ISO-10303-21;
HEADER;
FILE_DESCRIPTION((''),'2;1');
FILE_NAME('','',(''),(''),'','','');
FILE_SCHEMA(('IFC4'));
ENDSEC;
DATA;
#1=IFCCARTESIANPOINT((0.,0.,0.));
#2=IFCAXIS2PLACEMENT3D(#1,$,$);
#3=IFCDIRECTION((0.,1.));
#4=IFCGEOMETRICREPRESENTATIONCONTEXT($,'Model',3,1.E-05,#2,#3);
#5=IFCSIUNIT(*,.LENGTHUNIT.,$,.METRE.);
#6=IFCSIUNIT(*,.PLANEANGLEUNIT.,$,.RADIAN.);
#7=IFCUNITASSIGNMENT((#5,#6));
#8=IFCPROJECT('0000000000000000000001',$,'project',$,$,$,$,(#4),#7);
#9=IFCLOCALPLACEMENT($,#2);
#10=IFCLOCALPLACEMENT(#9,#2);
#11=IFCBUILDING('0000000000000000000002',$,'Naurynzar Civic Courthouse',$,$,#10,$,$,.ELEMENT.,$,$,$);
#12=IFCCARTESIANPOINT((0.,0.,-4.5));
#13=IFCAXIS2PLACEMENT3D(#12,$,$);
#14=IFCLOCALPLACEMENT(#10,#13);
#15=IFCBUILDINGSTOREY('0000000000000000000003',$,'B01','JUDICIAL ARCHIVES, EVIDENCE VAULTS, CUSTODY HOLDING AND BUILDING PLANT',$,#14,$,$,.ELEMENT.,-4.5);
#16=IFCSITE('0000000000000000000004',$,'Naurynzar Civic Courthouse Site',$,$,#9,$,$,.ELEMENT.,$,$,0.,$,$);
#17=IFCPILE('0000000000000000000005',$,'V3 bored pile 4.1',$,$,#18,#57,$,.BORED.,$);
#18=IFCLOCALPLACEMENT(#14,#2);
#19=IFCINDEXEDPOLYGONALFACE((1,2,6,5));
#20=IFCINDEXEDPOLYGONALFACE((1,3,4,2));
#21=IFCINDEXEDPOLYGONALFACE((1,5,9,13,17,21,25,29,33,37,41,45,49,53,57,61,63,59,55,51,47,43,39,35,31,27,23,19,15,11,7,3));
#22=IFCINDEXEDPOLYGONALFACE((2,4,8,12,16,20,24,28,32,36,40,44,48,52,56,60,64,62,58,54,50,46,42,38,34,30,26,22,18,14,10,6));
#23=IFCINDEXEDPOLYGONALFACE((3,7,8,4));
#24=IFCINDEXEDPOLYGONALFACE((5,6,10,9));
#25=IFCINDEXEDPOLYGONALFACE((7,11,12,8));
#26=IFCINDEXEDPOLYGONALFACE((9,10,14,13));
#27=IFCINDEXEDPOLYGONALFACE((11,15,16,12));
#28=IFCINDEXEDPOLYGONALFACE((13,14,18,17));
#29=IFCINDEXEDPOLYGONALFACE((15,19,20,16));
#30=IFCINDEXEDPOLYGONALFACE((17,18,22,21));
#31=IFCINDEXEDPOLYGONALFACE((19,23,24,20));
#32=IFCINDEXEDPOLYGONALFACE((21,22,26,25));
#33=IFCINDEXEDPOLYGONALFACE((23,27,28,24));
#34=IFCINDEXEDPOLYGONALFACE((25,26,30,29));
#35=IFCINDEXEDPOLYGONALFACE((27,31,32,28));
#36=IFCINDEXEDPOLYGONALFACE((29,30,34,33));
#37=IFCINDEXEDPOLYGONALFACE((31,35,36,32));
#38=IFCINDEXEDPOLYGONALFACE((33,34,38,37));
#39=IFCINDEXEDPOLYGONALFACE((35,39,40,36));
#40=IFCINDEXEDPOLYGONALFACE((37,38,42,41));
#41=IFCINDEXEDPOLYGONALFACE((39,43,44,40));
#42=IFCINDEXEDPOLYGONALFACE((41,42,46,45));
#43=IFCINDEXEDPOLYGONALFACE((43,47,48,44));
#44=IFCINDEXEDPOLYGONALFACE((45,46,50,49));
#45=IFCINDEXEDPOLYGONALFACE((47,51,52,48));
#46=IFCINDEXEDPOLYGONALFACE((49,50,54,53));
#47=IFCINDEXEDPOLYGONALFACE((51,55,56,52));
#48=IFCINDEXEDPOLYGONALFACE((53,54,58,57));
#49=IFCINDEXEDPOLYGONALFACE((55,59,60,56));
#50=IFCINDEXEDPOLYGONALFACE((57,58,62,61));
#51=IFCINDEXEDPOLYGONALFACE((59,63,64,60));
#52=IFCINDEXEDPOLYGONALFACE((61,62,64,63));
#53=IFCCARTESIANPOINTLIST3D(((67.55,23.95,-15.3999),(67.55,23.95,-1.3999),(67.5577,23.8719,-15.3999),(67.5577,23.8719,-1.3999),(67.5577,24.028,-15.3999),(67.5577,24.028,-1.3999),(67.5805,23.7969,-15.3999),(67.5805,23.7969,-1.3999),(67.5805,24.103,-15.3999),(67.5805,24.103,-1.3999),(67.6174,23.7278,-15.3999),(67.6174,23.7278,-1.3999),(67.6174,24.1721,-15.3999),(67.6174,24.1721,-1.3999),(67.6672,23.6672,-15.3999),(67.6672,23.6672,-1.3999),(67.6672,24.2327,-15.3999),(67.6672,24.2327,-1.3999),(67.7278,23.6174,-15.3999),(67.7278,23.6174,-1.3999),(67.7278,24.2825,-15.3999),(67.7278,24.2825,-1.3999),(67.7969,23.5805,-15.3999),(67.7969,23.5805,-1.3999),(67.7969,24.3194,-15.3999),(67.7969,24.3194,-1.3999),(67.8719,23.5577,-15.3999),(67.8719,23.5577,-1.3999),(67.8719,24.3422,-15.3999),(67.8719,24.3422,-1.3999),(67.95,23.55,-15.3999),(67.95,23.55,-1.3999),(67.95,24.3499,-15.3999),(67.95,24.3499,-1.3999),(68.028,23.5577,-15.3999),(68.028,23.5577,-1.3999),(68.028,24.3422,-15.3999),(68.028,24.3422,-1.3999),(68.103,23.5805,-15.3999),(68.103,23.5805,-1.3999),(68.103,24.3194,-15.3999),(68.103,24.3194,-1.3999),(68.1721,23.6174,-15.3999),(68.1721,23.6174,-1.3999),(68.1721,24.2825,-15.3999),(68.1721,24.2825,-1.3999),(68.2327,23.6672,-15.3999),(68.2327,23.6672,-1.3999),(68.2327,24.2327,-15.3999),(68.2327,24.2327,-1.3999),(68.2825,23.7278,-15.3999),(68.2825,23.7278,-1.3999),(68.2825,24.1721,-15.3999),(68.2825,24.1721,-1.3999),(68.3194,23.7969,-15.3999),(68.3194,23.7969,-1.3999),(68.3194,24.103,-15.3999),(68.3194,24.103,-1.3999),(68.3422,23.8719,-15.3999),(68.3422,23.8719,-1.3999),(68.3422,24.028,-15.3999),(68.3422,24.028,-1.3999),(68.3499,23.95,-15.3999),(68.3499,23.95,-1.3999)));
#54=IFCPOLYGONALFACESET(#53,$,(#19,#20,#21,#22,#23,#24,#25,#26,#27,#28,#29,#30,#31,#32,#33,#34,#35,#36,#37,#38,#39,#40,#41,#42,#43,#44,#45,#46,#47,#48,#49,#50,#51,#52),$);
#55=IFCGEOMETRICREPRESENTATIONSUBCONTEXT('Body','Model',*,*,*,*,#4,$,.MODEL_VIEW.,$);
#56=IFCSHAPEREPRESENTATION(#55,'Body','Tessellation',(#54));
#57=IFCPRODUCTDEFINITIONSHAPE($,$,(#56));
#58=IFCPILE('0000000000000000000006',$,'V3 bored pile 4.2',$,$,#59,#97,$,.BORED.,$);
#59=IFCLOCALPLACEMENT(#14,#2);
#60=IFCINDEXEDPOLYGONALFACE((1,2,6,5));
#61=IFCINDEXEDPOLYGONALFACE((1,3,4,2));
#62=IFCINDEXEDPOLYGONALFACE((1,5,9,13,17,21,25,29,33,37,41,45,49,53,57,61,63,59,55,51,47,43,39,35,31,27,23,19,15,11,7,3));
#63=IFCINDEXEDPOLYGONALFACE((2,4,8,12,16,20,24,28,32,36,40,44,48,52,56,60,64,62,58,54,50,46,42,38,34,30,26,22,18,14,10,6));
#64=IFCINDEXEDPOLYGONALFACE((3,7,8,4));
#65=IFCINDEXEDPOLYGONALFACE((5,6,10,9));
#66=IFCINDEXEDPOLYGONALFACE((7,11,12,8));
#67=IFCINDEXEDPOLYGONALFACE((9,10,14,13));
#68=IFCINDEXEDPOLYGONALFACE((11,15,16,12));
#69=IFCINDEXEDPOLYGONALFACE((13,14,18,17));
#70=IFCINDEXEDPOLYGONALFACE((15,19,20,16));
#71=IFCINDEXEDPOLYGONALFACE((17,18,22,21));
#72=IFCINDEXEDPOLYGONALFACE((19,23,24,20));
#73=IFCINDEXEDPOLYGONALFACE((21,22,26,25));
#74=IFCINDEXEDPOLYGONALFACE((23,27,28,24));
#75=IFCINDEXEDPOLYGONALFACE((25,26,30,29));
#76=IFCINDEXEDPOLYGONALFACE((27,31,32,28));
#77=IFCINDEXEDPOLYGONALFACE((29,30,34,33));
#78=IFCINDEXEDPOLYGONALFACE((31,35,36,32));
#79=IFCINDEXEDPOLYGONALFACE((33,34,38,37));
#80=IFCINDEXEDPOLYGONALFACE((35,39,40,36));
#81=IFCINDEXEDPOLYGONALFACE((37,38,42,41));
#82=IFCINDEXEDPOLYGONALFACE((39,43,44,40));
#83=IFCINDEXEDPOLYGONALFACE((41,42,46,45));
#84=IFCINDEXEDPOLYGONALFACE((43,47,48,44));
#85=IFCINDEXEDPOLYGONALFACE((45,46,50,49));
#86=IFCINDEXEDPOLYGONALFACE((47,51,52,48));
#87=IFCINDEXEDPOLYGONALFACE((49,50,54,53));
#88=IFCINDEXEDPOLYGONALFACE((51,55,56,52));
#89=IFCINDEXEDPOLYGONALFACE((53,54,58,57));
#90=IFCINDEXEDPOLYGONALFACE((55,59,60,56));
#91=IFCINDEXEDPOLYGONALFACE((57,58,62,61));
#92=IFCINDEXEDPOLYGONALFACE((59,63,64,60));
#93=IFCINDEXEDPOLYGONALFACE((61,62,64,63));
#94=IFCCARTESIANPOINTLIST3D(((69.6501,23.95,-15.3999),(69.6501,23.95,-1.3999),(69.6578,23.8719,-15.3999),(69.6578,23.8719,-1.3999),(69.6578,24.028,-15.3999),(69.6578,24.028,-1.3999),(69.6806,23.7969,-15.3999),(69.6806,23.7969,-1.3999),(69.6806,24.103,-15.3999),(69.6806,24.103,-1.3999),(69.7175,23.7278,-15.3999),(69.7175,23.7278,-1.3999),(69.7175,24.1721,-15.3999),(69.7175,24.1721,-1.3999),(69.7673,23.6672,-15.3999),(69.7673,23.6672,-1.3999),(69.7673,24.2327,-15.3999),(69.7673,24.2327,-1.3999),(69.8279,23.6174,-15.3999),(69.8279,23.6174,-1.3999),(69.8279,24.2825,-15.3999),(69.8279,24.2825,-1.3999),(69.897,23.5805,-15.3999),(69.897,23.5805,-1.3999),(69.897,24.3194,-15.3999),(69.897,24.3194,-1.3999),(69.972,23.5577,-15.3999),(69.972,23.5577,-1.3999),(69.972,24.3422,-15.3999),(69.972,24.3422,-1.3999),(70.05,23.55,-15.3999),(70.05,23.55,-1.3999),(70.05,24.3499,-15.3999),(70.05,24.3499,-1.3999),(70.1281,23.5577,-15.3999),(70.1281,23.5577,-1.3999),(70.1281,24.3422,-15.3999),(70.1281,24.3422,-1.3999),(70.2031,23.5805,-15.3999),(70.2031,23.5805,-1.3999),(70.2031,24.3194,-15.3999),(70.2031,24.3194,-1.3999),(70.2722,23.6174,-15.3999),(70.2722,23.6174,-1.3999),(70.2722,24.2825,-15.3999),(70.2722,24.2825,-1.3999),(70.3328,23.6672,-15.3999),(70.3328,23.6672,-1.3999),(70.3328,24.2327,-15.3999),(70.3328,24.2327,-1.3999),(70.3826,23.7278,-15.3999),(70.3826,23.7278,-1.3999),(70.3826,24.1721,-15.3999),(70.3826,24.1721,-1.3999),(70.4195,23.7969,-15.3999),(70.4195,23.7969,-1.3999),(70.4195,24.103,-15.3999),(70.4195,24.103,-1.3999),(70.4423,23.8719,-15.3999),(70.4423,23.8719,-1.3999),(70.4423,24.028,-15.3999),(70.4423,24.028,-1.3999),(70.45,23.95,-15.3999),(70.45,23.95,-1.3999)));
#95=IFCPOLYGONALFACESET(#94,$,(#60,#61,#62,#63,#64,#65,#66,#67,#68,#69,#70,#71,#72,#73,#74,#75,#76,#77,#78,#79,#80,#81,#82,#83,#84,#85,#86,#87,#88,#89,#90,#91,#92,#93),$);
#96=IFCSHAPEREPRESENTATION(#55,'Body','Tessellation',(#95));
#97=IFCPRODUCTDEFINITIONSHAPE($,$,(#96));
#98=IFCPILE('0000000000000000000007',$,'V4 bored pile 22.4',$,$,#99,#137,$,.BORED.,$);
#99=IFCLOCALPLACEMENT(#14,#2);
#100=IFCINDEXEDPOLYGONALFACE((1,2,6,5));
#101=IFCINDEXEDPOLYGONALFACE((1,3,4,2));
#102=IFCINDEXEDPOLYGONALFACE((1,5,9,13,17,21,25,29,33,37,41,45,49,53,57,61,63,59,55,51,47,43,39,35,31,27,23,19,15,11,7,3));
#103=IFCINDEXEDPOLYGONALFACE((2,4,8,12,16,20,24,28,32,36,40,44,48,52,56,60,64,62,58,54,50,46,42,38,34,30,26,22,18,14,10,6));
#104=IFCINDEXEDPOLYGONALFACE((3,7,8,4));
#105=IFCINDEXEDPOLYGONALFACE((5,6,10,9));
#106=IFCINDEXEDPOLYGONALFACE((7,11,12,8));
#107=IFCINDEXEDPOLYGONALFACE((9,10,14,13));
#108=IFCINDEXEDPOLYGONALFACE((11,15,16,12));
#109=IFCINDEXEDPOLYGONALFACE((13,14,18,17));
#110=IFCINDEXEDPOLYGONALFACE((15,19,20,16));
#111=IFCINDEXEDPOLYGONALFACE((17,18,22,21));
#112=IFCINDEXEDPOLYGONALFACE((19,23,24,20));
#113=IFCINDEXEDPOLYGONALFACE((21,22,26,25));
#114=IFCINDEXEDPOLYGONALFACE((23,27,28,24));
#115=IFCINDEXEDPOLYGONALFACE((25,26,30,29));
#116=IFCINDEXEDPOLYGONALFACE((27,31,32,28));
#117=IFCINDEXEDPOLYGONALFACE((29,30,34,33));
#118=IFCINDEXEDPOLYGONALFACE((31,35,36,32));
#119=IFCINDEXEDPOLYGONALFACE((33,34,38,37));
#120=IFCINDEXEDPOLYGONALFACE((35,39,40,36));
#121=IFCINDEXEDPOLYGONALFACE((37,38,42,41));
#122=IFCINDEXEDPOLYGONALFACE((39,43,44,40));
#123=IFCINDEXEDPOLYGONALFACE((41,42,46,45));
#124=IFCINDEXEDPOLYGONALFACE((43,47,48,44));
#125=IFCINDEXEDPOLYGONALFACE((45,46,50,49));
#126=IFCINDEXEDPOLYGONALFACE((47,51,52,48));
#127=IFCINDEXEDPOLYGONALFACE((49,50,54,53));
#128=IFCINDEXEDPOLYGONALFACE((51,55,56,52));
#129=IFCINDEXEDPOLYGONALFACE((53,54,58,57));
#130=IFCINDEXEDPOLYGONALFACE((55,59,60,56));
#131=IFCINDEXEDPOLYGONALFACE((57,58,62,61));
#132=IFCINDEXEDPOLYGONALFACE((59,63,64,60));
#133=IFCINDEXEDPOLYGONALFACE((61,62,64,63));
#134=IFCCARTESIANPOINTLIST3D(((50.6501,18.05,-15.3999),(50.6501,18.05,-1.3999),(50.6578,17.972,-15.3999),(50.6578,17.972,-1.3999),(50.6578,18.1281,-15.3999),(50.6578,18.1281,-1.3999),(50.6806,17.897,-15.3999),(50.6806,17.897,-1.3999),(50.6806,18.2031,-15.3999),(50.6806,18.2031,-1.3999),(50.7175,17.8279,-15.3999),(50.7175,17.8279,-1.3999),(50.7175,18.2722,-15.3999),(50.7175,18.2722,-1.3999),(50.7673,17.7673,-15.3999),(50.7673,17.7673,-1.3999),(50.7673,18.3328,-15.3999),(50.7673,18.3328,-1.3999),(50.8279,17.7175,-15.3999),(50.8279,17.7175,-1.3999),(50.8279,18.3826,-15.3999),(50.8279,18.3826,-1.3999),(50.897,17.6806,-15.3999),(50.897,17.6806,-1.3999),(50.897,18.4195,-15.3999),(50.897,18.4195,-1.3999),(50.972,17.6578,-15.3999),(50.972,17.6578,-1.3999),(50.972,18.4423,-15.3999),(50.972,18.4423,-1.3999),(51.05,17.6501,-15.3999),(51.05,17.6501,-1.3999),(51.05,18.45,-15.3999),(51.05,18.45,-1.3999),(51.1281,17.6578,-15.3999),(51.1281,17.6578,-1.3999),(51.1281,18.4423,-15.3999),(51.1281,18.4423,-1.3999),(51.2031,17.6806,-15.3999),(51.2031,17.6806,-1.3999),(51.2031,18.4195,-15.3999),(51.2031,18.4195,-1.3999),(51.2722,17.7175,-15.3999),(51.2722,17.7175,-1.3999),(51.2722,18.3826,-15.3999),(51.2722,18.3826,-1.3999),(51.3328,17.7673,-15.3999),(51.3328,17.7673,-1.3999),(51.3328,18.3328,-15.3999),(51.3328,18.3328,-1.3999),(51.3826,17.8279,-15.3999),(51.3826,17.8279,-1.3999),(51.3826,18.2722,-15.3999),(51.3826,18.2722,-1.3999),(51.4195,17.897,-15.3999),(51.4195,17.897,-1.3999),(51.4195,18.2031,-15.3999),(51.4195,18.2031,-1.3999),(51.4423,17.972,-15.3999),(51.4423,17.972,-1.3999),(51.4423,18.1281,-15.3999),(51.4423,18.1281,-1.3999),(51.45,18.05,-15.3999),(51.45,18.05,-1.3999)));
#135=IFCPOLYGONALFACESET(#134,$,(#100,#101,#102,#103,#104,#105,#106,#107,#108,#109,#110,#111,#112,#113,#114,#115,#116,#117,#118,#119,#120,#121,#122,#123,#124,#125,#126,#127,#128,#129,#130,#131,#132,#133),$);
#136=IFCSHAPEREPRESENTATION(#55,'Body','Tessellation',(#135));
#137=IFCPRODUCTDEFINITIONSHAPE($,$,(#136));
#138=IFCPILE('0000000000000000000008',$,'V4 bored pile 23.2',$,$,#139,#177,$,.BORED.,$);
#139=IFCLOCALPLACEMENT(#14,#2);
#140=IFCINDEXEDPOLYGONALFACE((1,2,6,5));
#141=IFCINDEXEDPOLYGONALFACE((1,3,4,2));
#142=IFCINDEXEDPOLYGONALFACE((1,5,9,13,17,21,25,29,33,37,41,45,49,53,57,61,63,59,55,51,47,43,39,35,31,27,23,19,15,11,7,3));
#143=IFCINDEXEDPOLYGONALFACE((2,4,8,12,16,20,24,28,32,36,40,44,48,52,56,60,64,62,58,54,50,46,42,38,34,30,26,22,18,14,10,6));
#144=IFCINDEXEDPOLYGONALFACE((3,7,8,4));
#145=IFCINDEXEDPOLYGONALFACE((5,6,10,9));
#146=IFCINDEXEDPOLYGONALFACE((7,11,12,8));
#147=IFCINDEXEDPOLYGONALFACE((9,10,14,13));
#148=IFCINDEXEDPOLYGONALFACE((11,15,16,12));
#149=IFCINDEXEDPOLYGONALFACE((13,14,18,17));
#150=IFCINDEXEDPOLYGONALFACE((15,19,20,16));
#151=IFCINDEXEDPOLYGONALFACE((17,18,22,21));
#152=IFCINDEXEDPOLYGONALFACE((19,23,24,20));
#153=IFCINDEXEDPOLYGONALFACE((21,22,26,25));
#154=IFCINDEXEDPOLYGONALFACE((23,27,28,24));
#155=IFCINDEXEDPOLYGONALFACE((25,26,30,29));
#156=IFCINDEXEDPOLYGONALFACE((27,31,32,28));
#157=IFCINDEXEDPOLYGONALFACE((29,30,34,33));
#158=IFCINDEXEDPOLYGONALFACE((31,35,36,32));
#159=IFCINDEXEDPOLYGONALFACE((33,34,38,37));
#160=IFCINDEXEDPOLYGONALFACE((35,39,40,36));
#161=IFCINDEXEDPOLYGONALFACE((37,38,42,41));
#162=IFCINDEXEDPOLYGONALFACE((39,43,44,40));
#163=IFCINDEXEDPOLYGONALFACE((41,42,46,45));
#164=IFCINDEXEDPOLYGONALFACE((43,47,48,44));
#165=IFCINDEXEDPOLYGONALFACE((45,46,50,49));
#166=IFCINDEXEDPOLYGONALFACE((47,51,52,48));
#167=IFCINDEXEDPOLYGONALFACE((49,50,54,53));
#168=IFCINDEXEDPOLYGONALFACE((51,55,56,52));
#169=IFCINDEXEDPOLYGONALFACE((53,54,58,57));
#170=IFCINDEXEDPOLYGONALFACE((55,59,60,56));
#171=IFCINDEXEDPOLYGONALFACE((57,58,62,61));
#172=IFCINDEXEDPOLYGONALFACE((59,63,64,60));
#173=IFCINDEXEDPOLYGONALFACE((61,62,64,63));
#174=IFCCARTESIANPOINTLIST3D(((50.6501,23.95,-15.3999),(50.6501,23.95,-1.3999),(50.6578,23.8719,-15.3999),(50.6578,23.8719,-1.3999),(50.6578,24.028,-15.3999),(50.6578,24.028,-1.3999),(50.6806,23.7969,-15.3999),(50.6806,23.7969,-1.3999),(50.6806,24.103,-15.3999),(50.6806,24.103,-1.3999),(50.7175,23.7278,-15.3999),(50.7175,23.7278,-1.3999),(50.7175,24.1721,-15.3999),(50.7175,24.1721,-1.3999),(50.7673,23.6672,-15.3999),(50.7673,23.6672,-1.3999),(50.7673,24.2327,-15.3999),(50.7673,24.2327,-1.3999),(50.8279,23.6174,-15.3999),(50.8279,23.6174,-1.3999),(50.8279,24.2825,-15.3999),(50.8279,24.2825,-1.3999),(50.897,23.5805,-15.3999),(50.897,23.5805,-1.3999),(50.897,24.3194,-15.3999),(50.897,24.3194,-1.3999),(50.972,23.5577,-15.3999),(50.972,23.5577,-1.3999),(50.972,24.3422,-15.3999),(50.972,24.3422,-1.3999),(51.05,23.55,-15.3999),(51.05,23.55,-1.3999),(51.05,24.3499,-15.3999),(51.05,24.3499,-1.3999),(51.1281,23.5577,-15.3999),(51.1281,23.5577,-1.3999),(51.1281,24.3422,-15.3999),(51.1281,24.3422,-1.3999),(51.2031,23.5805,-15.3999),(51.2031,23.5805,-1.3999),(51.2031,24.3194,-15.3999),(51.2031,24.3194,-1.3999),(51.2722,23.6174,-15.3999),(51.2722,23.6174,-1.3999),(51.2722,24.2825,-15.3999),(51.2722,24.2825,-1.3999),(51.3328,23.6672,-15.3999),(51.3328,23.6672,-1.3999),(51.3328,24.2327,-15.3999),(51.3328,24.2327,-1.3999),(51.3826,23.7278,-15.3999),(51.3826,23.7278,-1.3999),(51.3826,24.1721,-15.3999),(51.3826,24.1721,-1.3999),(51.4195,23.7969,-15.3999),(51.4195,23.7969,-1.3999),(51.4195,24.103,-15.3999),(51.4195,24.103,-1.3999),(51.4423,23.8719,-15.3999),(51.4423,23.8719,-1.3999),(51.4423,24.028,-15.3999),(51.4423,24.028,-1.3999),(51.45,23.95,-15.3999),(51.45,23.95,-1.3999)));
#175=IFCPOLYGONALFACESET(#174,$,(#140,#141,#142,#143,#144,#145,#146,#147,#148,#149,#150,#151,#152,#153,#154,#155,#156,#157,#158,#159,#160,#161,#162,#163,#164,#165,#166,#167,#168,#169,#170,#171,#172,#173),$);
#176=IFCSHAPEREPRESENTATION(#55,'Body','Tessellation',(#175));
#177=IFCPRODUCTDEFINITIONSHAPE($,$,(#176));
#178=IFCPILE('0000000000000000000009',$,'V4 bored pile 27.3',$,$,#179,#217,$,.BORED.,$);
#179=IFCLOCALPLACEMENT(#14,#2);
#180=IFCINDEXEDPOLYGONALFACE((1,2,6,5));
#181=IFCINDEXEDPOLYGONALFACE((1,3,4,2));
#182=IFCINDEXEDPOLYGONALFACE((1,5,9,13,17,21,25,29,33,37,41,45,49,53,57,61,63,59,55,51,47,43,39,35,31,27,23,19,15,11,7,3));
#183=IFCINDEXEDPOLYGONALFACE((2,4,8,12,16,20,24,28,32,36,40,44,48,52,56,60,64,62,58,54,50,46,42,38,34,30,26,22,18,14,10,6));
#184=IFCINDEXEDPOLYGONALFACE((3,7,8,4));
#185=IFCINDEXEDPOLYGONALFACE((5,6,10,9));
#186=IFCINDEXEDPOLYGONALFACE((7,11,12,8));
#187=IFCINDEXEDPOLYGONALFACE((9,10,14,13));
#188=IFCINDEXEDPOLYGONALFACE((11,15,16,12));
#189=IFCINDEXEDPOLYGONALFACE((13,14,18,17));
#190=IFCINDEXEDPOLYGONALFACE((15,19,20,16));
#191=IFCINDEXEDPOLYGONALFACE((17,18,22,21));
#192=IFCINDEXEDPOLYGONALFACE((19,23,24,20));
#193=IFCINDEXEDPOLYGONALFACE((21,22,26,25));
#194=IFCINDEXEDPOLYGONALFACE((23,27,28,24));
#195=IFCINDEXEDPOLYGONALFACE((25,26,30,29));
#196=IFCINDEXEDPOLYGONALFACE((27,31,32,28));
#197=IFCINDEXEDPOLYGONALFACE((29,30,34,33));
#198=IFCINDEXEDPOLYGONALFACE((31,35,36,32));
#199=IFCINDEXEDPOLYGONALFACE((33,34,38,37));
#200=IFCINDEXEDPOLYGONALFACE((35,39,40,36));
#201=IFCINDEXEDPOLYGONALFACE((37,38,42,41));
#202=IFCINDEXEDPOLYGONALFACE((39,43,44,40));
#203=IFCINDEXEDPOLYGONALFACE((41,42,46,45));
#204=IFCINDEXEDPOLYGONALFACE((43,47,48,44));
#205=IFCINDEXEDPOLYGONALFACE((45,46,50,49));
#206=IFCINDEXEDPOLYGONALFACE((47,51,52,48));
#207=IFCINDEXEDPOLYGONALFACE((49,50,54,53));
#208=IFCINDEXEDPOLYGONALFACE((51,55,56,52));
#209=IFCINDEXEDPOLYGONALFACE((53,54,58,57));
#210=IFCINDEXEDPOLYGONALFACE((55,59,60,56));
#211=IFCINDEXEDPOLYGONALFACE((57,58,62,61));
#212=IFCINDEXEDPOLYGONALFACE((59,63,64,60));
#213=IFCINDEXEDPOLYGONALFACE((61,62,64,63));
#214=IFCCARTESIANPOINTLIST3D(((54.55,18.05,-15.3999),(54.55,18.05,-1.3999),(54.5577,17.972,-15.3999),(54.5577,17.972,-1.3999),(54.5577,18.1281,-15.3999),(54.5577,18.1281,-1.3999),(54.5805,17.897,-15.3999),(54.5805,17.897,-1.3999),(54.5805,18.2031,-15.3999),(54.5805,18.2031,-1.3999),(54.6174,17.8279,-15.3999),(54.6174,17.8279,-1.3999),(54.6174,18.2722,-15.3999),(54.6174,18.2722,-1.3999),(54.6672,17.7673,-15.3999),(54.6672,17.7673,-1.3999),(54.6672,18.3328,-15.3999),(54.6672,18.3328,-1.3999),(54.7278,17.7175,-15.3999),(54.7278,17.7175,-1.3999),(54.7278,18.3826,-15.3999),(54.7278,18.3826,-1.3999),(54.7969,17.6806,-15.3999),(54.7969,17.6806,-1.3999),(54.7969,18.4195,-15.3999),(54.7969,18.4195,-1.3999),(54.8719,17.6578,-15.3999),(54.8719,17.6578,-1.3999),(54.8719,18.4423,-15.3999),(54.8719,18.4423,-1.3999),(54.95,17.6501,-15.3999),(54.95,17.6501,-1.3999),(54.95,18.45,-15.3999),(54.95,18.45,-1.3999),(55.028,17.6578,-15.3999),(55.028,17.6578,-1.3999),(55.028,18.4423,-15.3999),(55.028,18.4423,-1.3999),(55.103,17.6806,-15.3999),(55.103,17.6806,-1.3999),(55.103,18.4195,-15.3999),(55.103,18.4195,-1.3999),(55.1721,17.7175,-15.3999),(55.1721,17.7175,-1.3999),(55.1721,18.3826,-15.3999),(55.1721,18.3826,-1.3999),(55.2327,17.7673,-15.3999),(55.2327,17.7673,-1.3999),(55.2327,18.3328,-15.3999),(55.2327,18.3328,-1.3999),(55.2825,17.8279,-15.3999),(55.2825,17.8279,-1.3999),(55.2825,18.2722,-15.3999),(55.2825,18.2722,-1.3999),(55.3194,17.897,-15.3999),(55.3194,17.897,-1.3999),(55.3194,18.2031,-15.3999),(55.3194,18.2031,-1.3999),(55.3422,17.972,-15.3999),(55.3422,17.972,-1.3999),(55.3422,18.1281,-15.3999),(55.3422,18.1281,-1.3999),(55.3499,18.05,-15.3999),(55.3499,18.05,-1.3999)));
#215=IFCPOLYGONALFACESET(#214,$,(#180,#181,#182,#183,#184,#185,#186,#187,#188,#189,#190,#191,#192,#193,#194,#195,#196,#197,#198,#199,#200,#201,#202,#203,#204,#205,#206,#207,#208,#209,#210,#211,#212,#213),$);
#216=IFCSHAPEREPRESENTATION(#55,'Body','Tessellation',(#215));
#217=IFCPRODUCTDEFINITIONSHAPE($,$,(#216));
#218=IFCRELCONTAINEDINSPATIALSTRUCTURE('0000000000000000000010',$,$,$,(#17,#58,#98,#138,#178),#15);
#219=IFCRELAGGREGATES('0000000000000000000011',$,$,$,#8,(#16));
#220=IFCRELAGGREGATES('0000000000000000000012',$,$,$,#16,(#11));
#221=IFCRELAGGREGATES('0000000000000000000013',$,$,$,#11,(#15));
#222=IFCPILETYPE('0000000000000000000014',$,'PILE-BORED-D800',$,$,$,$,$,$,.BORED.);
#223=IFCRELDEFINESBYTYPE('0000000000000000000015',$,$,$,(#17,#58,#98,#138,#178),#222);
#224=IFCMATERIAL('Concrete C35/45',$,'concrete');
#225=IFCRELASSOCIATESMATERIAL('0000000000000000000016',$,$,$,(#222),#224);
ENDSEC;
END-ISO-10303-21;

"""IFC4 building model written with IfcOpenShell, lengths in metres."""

from ifc_helpers import new_model, si_unit, direction, frame, origin, origin_2d, place, context, subcontext, project, spatial, circle, extrude, material, material_profile, profile_set, type_object, element, save


model = new_model("IFC4")

# Units and contexts
model_context = context("Model", 3, precision=1e-05, world=origin(), true_north=direction((0.0, 1.0)))
body_context = subcontext(model_context, "Body", "Model", "MODEL_VIEW")
ifc_project = project(units=[si_unit("LENGTHUNIT", "METRE"), si_unit("PLANEANGLEUNIT", "RADIAN")], contexts=[model_context])

# Site, building, storey
site_placement = place(None, origin())
site = spatial("IfcSite", under=ifc_project, at=site_placement, Name="Naurynzar Civic Courthouse Site", CompositionType="ELEMENT", RefElevation=0.0)
building_placement = place(site_placement, origin())
building = spatial("IfcBuilding", under=site, at=building_placement, Name="Naurynzar Civic Courthouse", CompositionType="ELEMENT")
storey_placement = place(building_placement, frame((0.0, 0.0, -4.5)))
storey = spatial("IfcBuildingStorey", under=building, at=storey_placement, Name="B01", Description="JUDICIAL ARCHIVES, EVIDENCE VAULTS, CUSTODY HOLDING AND BUILDING PLANT", CompositionType="ELEMENT", Elevation=-4.5)

# Piles
ifc_material_1 = material(Name="Concrete C35/45", Category="concrete")
ifc_material_profile_1 = material_profile(ifc_material_1, circle(Radius=0.3999, at=origin_2d()), Name="PILE D800")
ifc_profile_set_1 = profile_set([ifc_material_profile_1], Name="Concrete C35/45")
pile_type = type_object("IfcPileType", Name="PILE-BORED-D800", PredefinedType="BORED", material=ifc_profile_set_1)
for number, where, z_axis, x_axis, name in (
    (1, (67.95, 23.95, -1.3999), (0.0, 0.0, -1.0), (1.0, 0.0, 0.0), "V3 bored pile 4.1"),
    (2, (70.05, 23.95, -1.3999), (0.0, 0.0, -1.0), (1.0, 0.0, 0.0), "V3 bored pile 4.2"),
    (3, (51.05, 18.05, -1.3999), (0.0, 0.0, -1.0), (1.0, 0.0, 0.0), "V4 bored pile 22.4"),
    (4, (51.05, 23.95, -1.3999), (0.0, 0.0, -1.0), (1.0, 0.0, 0.0), "V4 bored pile 23.2"),
    (5, (54.95, 18.05, -1.3999), (0.0, 0.0, -1.0), (1.0, 0.0, 0.0), "V4 bored pile 27.3"),
):
    element("IfcPile", number, at=place(storey_placement, frame(where, z_axis=z_axis, x_axis=x_axis)), inside=storey, type_object=pile_type, Name=name, PredefinedType="BORED", context=body_context, shape_type="SweptSolid", body=[
        extrude(circle(Radius=0.3999, at=origin_2d()), origin(), (0.0, 0.0, 1.0), 14.0),
    ])

save(model, "model.ifc")
